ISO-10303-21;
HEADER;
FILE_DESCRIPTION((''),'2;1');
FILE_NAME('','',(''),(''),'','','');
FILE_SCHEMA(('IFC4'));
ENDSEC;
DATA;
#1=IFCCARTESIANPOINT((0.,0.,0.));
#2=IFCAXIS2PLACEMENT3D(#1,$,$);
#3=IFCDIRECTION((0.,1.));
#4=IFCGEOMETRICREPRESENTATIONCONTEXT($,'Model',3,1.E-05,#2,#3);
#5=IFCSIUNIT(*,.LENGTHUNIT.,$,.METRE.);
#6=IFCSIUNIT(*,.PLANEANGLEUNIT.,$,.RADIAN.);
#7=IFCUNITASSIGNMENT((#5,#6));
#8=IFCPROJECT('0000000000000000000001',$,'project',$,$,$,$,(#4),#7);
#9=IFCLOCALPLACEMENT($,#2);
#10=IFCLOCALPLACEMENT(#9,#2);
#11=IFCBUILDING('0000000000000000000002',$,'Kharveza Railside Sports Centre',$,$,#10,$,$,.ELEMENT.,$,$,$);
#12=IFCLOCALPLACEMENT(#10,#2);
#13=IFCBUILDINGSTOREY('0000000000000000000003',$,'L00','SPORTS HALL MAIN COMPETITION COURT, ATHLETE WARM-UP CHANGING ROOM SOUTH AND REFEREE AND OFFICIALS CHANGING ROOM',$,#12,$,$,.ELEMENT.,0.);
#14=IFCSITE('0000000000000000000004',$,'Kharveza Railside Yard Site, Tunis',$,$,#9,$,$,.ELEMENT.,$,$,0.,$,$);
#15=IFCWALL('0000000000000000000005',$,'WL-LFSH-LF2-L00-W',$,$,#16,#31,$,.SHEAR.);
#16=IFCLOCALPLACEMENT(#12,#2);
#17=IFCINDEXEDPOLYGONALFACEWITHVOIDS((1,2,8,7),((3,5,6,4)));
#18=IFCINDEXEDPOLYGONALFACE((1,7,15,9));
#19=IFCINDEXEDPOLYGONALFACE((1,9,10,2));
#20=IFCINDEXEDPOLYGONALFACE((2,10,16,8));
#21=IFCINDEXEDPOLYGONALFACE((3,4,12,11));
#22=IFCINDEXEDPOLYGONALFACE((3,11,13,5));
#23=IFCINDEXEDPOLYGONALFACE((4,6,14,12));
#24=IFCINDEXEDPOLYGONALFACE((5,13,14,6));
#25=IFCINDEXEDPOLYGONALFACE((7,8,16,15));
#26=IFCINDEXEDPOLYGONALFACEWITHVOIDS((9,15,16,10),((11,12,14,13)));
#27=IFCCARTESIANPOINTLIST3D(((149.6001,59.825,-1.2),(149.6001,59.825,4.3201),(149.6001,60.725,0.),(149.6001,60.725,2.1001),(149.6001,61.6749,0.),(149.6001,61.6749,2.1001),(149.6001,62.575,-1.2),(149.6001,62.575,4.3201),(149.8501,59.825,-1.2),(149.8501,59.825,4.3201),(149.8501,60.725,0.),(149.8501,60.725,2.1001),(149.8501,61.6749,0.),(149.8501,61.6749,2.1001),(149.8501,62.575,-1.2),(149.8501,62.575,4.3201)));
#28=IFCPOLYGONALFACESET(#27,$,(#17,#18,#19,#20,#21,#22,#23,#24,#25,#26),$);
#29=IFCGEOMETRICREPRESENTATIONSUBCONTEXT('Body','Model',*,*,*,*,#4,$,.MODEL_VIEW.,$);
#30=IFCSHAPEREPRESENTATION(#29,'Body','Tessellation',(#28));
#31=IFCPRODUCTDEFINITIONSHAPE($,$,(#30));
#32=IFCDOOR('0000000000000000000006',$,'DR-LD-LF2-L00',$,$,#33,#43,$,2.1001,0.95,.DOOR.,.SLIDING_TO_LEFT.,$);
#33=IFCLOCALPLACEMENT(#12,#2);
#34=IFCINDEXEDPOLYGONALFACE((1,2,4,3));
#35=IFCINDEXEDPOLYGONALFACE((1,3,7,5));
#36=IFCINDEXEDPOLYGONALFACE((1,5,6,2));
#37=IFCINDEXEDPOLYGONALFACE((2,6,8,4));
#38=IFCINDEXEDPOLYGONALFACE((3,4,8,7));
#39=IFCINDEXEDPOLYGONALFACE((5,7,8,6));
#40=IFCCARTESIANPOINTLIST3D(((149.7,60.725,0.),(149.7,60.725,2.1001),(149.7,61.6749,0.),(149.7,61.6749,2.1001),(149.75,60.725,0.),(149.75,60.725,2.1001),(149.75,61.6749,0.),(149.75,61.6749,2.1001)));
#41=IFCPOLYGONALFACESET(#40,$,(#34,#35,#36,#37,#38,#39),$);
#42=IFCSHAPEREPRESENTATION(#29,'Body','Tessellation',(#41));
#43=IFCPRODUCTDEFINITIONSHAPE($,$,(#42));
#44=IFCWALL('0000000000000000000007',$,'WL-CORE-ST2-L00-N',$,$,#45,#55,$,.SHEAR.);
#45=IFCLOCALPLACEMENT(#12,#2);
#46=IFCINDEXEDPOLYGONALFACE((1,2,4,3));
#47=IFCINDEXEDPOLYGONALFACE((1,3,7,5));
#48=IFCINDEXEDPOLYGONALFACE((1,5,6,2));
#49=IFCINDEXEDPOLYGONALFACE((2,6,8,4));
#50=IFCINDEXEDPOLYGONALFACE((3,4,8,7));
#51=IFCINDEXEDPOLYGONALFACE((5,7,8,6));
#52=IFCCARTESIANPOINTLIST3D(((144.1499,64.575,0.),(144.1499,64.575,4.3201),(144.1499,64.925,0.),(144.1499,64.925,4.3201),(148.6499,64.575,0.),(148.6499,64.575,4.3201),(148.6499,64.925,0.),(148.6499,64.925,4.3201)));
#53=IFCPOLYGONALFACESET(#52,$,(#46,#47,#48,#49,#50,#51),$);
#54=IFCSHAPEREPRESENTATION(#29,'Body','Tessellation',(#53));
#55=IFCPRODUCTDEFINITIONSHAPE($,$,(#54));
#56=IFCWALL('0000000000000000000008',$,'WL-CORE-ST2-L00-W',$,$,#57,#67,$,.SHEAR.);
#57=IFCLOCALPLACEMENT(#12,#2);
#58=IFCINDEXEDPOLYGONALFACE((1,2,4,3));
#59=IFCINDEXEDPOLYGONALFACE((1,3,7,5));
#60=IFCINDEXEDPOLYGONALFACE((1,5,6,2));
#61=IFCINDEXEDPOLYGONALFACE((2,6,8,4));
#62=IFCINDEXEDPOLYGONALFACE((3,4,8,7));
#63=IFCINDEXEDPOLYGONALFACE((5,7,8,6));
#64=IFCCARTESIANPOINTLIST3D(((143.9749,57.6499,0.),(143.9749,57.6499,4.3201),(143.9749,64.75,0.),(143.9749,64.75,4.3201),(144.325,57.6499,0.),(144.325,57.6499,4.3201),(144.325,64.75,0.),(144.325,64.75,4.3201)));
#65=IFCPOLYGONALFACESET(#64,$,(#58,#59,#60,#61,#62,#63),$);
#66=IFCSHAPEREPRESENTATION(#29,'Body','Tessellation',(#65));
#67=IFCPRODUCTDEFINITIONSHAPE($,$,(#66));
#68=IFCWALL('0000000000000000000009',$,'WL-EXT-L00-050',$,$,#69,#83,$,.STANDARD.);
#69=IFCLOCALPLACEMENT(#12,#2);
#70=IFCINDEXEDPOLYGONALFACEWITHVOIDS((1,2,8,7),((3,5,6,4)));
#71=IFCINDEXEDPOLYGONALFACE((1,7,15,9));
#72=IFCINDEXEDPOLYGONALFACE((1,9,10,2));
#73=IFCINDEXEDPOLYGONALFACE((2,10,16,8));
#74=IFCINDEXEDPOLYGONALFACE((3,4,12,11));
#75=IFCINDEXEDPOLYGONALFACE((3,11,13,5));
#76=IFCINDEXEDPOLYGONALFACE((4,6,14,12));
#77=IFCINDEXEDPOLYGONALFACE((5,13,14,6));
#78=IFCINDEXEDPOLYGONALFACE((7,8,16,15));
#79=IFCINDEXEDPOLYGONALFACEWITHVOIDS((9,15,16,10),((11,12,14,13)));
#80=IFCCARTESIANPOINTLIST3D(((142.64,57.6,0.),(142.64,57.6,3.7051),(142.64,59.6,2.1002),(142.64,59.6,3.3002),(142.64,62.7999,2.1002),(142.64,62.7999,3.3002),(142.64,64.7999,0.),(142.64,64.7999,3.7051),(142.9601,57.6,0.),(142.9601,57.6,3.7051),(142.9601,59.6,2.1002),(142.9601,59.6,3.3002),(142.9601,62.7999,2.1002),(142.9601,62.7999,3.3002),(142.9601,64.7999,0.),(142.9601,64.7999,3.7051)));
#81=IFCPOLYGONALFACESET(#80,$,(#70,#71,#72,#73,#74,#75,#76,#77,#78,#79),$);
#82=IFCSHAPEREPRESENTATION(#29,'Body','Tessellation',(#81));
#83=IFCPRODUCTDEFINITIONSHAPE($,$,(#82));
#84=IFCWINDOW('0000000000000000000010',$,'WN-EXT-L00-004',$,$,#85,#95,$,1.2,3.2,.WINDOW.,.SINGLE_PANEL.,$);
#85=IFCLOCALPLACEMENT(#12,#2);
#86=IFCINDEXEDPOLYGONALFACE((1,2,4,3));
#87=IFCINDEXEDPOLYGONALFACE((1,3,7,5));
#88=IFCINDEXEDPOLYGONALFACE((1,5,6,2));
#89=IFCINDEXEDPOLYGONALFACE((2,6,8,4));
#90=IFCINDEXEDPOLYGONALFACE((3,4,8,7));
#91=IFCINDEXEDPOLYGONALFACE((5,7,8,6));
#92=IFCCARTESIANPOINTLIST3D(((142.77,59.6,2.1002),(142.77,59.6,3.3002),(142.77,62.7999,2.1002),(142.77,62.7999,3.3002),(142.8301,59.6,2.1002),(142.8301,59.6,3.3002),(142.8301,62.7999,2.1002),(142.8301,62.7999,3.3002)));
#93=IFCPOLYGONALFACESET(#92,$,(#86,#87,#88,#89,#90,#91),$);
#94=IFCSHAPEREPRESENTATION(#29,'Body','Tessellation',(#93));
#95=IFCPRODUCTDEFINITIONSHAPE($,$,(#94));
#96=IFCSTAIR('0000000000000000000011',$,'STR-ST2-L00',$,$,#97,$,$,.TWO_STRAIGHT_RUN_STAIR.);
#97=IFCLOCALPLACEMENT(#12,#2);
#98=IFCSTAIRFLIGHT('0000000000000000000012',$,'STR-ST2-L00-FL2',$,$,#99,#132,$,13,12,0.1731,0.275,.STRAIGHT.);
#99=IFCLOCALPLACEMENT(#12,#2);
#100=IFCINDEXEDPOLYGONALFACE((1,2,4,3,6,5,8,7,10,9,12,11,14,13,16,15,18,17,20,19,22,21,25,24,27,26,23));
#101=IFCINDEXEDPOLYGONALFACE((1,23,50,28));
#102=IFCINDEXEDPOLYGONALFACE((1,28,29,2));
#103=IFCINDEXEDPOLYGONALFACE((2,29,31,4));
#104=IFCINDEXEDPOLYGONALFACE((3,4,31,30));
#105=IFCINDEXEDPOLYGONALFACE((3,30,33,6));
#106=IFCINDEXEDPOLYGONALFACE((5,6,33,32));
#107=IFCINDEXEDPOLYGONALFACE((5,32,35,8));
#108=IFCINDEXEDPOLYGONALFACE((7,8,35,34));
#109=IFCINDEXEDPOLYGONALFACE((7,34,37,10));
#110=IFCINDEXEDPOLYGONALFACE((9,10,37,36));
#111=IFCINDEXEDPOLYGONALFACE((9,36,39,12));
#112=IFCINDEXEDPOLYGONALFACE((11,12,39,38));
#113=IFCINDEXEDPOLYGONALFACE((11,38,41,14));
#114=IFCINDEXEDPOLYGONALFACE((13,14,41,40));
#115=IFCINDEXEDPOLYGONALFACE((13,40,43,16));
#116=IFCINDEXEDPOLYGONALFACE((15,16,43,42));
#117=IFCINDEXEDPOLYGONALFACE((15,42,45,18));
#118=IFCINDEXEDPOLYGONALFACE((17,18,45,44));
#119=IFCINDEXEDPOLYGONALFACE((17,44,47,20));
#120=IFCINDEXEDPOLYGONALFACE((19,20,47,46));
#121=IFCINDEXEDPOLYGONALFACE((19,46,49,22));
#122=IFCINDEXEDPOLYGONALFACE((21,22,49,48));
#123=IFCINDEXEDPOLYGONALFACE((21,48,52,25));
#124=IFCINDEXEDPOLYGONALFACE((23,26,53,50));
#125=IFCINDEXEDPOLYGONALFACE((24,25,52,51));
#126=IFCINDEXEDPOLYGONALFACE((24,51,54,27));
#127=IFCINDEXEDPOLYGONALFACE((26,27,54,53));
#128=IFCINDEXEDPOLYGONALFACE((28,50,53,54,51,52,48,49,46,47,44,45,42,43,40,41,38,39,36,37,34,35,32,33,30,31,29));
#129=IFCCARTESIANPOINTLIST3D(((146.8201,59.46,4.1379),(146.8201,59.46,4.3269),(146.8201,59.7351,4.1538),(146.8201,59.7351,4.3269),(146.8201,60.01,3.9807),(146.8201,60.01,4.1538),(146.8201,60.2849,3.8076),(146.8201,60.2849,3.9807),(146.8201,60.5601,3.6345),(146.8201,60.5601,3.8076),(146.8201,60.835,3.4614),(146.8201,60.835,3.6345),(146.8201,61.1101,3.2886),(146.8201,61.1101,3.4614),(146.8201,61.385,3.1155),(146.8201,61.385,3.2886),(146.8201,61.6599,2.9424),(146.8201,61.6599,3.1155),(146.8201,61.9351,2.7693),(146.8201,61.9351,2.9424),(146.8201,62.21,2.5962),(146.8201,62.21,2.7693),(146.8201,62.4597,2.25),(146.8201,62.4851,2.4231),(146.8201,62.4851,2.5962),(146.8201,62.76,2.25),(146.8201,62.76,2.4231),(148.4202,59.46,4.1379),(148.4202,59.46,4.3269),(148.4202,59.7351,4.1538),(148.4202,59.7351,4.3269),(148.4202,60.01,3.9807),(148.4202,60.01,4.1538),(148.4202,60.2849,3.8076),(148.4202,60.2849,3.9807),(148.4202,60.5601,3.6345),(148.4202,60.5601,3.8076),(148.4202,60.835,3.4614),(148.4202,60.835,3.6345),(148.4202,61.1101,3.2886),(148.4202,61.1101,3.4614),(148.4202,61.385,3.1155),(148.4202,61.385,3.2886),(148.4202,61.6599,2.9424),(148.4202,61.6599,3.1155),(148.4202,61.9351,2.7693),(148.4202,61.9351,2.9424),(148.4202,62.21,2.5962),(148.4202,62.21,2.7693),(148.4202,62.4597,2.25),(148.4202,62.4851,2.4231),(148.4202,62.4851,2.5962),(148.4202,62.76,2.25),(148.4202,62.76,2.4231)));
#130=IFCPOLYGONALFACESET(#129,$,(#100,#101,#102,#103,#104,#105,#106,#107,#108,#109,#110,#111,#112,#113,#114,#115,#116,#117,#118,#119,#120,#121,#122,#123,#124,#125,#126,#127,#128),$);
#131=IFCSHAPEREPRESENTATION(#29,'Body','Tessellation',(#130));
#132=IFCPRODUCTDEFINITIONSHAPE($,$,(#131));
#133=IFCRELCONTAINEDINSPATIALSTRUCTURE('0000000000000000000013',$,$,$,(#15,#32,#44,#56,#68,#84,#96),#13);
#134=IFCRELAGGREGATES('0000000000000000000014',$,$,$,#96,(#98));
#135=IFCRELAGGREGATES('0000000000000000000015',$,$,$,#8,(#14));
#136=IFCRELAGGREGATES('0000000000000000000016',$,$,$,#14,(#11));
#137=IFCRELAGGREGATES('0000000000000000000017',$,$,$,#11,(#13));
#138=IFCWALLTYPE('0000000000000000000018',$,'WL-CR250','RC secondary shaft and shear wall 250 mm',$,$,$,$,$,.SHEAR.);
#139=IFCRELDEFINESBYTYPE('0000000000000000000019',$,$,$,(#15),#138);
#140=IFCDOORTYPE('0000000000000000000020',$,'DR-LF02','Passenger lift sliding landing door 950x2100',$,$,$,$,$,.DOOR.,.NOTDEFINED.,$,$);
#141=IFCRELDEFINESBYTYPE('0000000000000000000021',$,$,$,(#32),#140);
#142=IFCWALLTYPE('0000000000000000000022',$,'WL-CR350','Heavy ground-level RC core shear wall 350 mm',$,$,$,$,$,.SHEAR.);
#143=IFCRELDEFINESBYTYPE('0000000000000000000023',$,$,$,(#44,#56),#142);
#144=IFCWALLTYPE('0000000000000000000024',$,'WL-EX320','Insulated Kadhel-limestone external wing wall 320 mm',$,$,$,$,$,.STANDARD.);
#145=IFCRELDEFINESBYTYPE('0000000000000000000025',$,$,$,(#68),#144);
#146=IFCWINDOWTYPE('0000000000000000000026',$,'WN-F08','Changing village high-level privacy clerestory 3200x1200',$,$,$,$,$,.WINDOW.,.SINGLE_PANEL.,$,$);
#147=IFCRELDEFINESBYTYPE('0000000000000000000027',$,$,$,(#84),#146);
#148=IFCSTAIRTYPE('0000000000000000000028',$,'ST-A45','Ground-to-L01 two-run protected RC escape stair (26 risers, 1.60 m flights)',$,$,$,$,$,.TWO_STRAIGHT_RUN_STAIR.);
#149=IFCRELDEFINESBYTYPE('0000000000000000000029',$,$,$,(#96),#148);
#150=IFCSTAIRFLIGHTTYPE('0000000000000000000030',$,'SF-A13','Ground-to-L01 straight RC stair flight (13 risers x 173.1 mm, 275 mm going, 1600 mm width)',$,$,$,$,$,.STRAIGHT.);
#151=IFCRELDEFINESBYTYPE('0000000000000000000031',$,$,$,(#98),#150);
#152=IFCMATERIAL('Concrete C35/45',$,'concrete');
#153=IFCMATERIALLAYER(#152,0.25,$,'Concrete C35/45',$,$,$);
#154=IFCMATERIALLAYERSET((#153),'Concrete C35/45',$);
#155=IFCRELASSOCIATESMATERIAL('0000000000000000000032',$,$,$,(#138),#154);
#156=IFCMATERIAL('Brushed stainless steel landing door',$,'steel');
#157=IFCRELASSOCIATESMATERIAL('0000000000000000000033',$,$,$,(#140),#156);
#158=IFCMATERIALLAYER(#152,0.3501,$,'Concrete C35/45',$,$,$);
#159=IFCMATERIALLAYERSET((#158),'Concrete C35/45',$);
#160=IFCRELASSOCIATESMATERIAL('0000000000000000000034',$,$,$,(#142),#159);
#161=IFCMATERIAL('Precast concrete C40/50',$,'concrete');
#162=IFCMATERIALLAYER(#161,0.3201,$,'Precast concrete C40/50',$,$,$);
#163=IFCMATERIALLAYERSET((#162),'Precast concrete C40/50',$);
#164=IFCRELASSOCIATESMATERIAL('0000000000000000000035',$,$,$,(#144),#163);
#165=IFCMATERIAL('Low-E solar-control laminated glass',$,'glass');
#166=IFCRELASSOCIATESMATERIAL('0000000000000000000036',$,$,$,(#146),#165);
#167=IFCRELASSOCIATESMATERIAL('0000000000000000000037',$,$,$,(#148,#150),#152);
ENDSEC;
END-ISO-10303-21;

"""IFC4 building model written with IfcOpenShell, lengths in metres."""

from ifc_helpers import new_model, si_unit, direction, frame, frame_2d, origin, place, context, subcontext, project, spatial, polyline, rectangle, outline, extrude, material, layer, layer_set, type_object, element, fill, aggregate, save


model = new_model("IFC4")

# Units and contexts
model_context = context("Model", 3, precision=1e-05, world=origin(), true_north=direction((0.0, 1.0)))
body_context = subcontext(model_context, "Body", "Model", "MODEL_VIEW")
ifc_project = project(units=[si_unit("LENGTHUNIT", "METRE"), si_unit("PLANEANGLEUNIT", "RADIAN")], contexts=[model_context])

# Site, building, storey
site_placement = place(None, origin())
site = spatial("IfcSite", under=ifc_project, at=site_placement, Name="Kharveza Railside Yard Site, Tunis", CompositionType="ELEMENT", RefElevation=0.0)
building_placement = place(site_placement, origin())
building = spatial("IfcBuilding", under=site, at=building_placement, Name="Kharveza Railside Sports Centre", CompositionType="ELEMENT")
storey_placement = place(building_placement, origin())
storey = spatial("IfcBuildingStorey", under=building, at=storey_placement, Name="L00", Description="SPORTS HALL MAIN COMPETITION COURT, ATHLETE WARM-UP CHANGING ROOM SOUTH AND REFEREE AND OFFICIALS CHANGING ROOM", CompositionType="ELEMENT", Elevation=0.0)

# Shared definitions
ifc_material_1 = material(Name="Concrete C35/45", Category="concrete")

# Wall, opening, door
ifc_layer_1 = layer(ifc_material_1, 0.25, Name="Concrete C35/45")
ifc_layer_set_1 = layer_set([ifc_layer_1], Name="Concrete C35/45")
wall_type_1 = type_object("IfcWallType", Name="WL-CR250", Description="RC secondary shaft and shear wall 250 mm", PredefinedType="SHEAR", material=ifc_layer_set_1)
wall_1_placement = place(storey_placement, frame((149.7251, 62.575, -1.2), z_axis=(0.0, 0.0, 1.0), x_axis=(0.0, -1.0, 0.0)))
wall_1 = element("IfcWall", 1, at=wall_1_placement, inside=storey, type_object=wall_type_1, Name="WL-LFSH-LF2-L00-W", PredefinedType="SHEAR", context=body_context, shape_type="SweptSolid", body=[
    extrude(rectangle(XDim=2.75, YDim=0.25, at=frame_2d((1.375, 0.0))), origin(), (0.0, 0.0, 1.0), 5.52),
])
opening_1_placement = place(wall_1_placement, frame((0.8999, 0.0, 1.2)))
opening_1 = element("IfcOpeningElement", 2, at=opening_1_placement, cuts=wall_1, PredefinedType="OPENING", context=body_context, shape_type="SweptSolid", body=[
    extrude(rectangle(XDim=0.95, YDim=2.1001, at=frame_2d((0.4751, 1.05))), frame((0.0, 0.1499, 0.0), z_axis=(0.0, -1.0, 0.0), x_axis=(1.0, 0.0, 0.0)), (0.0, 0.0, 1.0), 0.2998),
])
ifc_material_2 = material(Name="Brushed stainless steel landing door", Category="steel")
door_type = type_object("IfcDoorType", Name="DR-LF02", Description="Passenger lift sliding landing door 950x2100", OperationType="NOTDEFINED", PredefinedType="DOOR", material=ifc_material_2)
door_placement = place(opening_1_placement, origin())
door = element("IfcDoor", 3, at=door_placement, inside=storey, type_object=door_type, Name="DR-LD-LF2-L00", OperationType="SLIDING_TO_LEFT", OverallHeight=2.1001, OverallWidth=0.95, PredefinedType="DOOR", context=body_context, shape_type="SweptSolid", body=[
    extrude(rectangle(XDim=0.95, YDim=2.1001, at=frame_2d((0.4751, 1.05))), frame((0.0, 0.0249, 0.0), z_axis=(0.0, -1.0, 0.0), x_axis=(1.0, 0.0, 0.0)), (0.0, 0.0, 1.0), 0.05),
])
fill(opening_1, door)

# Walls
ifc_layer_2 = layer(ifc_material_1, 0.3501, Name="Concrete C35/45")
ifc_layer_set_2 = layer_set([ifc_layer_2], Name="Concrete C35/45")
wall_type_2 = type_object("IfcWallType", Name="WL-CR350", Description="Heavy ground-level RC core shear wall 350 mm", PredefinedType="SHEAR", material=ifc_layer_set_2)
wall_2_placement = place(storey_placement, frame((148.6499, 64.75, 0.0), z_axis=(0.0, 0.0, 1.0), x_axis=(-1.0, 0.0, 0.0)))
element("IfcWall", 4, at=wall_2_placement, inside=storey, type_object=wall_type_2, Name="WL-CORE-ST2-L00-N", PredefinedType="SHEAR", context=body_context, shape_type="SweptSolid", body=[
    extrude(rectangle(XDim=4.5, YDim=0.3501, at=frame_2d((2.25, 0.0))), origin(), (0.0, 0.0, 1.0), 4.3201),
])
wall_3_placement = place(storey_placement, frame((144.1499, 64.75, 0.0), z_axis=(0.0, 0.0, 1.0), x_axis=(0.0, -1.0, 0.0)))
element("IfcWall", 5, at=wall_3_placement, inside=storey, type_object=wall_type_2, Name="WL-CORE-ST2-L00-W", PredefinedType="SHEAR", context=body_context, shape_type="SweptSolid", body=[
    extrude(rectangle(XDim=7.1001, YDim=0.3501, at=frame_2d((3.55, 0.0))), origin(), (0.0, 0.0, 1.0), 4.3201),
])

# Wall, opening, window
ifc_material_3 = material(Name="Precast concrete C40/50", Category="concrete")
ifc_layer_3 = layer(ifc_material_3, 0.3201, Name="Precast concrete C40/50")
ifc_layer_set_3 = layer_set([ifc_layer_3], Name="Precast concrete C40/50")
wall_type_3 = type_object("IfcWallType", Name="WL-EX320", Description="Insulated Kadhel-limestone external wing wall 320 mm", PredefinedType="STANDARD", material=ifc_layer_set_3)
wall_4_placement = place(storey_placement, frame((142.8, 64.8, 0.0), z_axis=(0.0, 0.0, 1.0), x_axis=(0.0, -1.0, 0.0)))
wall_4 = element("IfcWall", 6, at=wall_4_placement, inside=storey, type_object=wall_type_3, Name="WL-EXT-L00-050", PredefinedType="STANDARD", context=body_context, shape_type="SweptSolid", body=[
    extrude(rectangle(XDim=7.2, YDim=0.3201, at=frame_2d((3.6001, 0.0))), origin(), (0.0, 0.0, 1.0), 3.7051),
])
opening_2_placement = place(wall_4_placement, frame((2.0, 0.0, 2.1001)))
opening_2 = element("IfcOpeningElement", 7, at=opening_2_placement, cuts=wall_4, PredefinedType="OPENING", context=body_context, shape_type="SweptSolid", body=[
    extrude(rectangle(XDim=3.2, YDim=1.2, at=frame_2d((1.6001, 0.6001))), frame((0.0, 0.1851, 0.0), z_axis=(0.0, -1.0, 0.0), x_axis=(1.0, 0.0, 0.0)), (0.0, 0.0, 1.0), 0.3699),
])
ifc_material_4 = material(Name="Low-E solar-control laminated glass", Category="glass")
window_type = type_object("IfcWindowType", Name="WN-F08", Description="Changing village high-level privacy clerestory 3200x1200", PartitioningType="SINGLE_PANEL", PredefinedType="WINDOW", material=ifc_material_4)
window_placement = place(opening_2_placement, origin())
window = element("IfcWindow", 8, at=window_placement, inside=storey, type_object=window_type, Name="WN-EXT-L00-004", OverallHeight=1.2, OverallWidth=3.2, PartitioningType="SINGLE_PANEL", PredefinedType="WINDOW", context=body_context, shape_type="SweptSolid", body=[
    extrude(rectangle(XDim=3.2, YDim=1.2, at=frame_2d((1.6001, 0.6001))), frame((0.0, 0.03, 0.0), z_axis=(0.0, -1.0, 0.0), x_axis=(1.0, 0.0, 0.0)), (0.0, 0.0, 1.0), 0.0601),
])
fill(opening_2, window)

# Stair, stair flight
stair_type = type_object("IfcStairType", Name="ST-A45", Description="Ground-to-L01 two-run protected RC escape stair (26 risers, 1.60 m flights)", PredefinedType="TWO_STRAIGHT_RUN_STAIR", material=ifc_material_1)
stair_placement = place(storey_placement, origin())
stair = element("IfcStair", 9, at=stair_placement, inside=storey, type_object=stair_type, Name="STR-ST2-L00", PredefinedType="TWO_STRAIGHT_RUN_STAIR")
stair_flight_type = type_object("IfcStairFlightType", Name="SF-A13", Description="Ground-to-L01 straight RC stair flight (13 risers x 173.1 mm, 275 mm going, 1600 mm width)", PredefinedType="STRAIGHT", material=ifc_material_1)
stair_flight_placement = place(storey_placement, frame((147.6201, 62.76, 2.25), z_axis=(0.0, 0.0, 1.0), x_axis=(0.0, -1.0, 0.0)))
stair_flight = element("IfcStairFlight", 10, at=stair_flight_placement, type_object=stair_flight_type, Name="STR-ST2-L00-FL2", NumberOfRisers=13, NumberOfTreads=12, PredefinedType="STRAIGHT", RiserHeight=0.1731, TreadLength=0.275, context=body_context, shape_type="SweptSolid", body=[
    extrude(outline(polyline([(0.0, 0.0), (0.0, 0.1731), (0.2749, 0.1731), (0.2749, 0.3462), (0.55, 0.3462), (0.55, 0.5193), (0.825, 0.5193), (0.825, 0.6924), (1.1001, 0.6924), (1.1001, 0.8655), (1.375, 0.8655), (1.375, 1.0386), (1.6499, 1.0386), (1.6499, 1.2114), (1.925, 1.2114), (1.925, 1.3845), (2.2, 1.3845), (2.2, 1.5576), (2.4751, 1.5576), (2.4751, 1.7307), (2.75, 1.7307), (2.75, 1.9038), (3.0249, 1.9038), (3.0249, 2.0769), (3.3, 2.0769), (3.3, 2.25), (3.3, 1.8879), (0.3003, 0.0), (0.0, 0.0)])), frame((0.0, 0.8, 0.0), z_axis=(0.0, -1.0, 0.0), x_axis=(1.0, 0.0, 0.0)), (0.0, 0.0, 1.0), 1.6001),
])
aggregate(stair, [stair_flight])

save(model, "model.ifc")
